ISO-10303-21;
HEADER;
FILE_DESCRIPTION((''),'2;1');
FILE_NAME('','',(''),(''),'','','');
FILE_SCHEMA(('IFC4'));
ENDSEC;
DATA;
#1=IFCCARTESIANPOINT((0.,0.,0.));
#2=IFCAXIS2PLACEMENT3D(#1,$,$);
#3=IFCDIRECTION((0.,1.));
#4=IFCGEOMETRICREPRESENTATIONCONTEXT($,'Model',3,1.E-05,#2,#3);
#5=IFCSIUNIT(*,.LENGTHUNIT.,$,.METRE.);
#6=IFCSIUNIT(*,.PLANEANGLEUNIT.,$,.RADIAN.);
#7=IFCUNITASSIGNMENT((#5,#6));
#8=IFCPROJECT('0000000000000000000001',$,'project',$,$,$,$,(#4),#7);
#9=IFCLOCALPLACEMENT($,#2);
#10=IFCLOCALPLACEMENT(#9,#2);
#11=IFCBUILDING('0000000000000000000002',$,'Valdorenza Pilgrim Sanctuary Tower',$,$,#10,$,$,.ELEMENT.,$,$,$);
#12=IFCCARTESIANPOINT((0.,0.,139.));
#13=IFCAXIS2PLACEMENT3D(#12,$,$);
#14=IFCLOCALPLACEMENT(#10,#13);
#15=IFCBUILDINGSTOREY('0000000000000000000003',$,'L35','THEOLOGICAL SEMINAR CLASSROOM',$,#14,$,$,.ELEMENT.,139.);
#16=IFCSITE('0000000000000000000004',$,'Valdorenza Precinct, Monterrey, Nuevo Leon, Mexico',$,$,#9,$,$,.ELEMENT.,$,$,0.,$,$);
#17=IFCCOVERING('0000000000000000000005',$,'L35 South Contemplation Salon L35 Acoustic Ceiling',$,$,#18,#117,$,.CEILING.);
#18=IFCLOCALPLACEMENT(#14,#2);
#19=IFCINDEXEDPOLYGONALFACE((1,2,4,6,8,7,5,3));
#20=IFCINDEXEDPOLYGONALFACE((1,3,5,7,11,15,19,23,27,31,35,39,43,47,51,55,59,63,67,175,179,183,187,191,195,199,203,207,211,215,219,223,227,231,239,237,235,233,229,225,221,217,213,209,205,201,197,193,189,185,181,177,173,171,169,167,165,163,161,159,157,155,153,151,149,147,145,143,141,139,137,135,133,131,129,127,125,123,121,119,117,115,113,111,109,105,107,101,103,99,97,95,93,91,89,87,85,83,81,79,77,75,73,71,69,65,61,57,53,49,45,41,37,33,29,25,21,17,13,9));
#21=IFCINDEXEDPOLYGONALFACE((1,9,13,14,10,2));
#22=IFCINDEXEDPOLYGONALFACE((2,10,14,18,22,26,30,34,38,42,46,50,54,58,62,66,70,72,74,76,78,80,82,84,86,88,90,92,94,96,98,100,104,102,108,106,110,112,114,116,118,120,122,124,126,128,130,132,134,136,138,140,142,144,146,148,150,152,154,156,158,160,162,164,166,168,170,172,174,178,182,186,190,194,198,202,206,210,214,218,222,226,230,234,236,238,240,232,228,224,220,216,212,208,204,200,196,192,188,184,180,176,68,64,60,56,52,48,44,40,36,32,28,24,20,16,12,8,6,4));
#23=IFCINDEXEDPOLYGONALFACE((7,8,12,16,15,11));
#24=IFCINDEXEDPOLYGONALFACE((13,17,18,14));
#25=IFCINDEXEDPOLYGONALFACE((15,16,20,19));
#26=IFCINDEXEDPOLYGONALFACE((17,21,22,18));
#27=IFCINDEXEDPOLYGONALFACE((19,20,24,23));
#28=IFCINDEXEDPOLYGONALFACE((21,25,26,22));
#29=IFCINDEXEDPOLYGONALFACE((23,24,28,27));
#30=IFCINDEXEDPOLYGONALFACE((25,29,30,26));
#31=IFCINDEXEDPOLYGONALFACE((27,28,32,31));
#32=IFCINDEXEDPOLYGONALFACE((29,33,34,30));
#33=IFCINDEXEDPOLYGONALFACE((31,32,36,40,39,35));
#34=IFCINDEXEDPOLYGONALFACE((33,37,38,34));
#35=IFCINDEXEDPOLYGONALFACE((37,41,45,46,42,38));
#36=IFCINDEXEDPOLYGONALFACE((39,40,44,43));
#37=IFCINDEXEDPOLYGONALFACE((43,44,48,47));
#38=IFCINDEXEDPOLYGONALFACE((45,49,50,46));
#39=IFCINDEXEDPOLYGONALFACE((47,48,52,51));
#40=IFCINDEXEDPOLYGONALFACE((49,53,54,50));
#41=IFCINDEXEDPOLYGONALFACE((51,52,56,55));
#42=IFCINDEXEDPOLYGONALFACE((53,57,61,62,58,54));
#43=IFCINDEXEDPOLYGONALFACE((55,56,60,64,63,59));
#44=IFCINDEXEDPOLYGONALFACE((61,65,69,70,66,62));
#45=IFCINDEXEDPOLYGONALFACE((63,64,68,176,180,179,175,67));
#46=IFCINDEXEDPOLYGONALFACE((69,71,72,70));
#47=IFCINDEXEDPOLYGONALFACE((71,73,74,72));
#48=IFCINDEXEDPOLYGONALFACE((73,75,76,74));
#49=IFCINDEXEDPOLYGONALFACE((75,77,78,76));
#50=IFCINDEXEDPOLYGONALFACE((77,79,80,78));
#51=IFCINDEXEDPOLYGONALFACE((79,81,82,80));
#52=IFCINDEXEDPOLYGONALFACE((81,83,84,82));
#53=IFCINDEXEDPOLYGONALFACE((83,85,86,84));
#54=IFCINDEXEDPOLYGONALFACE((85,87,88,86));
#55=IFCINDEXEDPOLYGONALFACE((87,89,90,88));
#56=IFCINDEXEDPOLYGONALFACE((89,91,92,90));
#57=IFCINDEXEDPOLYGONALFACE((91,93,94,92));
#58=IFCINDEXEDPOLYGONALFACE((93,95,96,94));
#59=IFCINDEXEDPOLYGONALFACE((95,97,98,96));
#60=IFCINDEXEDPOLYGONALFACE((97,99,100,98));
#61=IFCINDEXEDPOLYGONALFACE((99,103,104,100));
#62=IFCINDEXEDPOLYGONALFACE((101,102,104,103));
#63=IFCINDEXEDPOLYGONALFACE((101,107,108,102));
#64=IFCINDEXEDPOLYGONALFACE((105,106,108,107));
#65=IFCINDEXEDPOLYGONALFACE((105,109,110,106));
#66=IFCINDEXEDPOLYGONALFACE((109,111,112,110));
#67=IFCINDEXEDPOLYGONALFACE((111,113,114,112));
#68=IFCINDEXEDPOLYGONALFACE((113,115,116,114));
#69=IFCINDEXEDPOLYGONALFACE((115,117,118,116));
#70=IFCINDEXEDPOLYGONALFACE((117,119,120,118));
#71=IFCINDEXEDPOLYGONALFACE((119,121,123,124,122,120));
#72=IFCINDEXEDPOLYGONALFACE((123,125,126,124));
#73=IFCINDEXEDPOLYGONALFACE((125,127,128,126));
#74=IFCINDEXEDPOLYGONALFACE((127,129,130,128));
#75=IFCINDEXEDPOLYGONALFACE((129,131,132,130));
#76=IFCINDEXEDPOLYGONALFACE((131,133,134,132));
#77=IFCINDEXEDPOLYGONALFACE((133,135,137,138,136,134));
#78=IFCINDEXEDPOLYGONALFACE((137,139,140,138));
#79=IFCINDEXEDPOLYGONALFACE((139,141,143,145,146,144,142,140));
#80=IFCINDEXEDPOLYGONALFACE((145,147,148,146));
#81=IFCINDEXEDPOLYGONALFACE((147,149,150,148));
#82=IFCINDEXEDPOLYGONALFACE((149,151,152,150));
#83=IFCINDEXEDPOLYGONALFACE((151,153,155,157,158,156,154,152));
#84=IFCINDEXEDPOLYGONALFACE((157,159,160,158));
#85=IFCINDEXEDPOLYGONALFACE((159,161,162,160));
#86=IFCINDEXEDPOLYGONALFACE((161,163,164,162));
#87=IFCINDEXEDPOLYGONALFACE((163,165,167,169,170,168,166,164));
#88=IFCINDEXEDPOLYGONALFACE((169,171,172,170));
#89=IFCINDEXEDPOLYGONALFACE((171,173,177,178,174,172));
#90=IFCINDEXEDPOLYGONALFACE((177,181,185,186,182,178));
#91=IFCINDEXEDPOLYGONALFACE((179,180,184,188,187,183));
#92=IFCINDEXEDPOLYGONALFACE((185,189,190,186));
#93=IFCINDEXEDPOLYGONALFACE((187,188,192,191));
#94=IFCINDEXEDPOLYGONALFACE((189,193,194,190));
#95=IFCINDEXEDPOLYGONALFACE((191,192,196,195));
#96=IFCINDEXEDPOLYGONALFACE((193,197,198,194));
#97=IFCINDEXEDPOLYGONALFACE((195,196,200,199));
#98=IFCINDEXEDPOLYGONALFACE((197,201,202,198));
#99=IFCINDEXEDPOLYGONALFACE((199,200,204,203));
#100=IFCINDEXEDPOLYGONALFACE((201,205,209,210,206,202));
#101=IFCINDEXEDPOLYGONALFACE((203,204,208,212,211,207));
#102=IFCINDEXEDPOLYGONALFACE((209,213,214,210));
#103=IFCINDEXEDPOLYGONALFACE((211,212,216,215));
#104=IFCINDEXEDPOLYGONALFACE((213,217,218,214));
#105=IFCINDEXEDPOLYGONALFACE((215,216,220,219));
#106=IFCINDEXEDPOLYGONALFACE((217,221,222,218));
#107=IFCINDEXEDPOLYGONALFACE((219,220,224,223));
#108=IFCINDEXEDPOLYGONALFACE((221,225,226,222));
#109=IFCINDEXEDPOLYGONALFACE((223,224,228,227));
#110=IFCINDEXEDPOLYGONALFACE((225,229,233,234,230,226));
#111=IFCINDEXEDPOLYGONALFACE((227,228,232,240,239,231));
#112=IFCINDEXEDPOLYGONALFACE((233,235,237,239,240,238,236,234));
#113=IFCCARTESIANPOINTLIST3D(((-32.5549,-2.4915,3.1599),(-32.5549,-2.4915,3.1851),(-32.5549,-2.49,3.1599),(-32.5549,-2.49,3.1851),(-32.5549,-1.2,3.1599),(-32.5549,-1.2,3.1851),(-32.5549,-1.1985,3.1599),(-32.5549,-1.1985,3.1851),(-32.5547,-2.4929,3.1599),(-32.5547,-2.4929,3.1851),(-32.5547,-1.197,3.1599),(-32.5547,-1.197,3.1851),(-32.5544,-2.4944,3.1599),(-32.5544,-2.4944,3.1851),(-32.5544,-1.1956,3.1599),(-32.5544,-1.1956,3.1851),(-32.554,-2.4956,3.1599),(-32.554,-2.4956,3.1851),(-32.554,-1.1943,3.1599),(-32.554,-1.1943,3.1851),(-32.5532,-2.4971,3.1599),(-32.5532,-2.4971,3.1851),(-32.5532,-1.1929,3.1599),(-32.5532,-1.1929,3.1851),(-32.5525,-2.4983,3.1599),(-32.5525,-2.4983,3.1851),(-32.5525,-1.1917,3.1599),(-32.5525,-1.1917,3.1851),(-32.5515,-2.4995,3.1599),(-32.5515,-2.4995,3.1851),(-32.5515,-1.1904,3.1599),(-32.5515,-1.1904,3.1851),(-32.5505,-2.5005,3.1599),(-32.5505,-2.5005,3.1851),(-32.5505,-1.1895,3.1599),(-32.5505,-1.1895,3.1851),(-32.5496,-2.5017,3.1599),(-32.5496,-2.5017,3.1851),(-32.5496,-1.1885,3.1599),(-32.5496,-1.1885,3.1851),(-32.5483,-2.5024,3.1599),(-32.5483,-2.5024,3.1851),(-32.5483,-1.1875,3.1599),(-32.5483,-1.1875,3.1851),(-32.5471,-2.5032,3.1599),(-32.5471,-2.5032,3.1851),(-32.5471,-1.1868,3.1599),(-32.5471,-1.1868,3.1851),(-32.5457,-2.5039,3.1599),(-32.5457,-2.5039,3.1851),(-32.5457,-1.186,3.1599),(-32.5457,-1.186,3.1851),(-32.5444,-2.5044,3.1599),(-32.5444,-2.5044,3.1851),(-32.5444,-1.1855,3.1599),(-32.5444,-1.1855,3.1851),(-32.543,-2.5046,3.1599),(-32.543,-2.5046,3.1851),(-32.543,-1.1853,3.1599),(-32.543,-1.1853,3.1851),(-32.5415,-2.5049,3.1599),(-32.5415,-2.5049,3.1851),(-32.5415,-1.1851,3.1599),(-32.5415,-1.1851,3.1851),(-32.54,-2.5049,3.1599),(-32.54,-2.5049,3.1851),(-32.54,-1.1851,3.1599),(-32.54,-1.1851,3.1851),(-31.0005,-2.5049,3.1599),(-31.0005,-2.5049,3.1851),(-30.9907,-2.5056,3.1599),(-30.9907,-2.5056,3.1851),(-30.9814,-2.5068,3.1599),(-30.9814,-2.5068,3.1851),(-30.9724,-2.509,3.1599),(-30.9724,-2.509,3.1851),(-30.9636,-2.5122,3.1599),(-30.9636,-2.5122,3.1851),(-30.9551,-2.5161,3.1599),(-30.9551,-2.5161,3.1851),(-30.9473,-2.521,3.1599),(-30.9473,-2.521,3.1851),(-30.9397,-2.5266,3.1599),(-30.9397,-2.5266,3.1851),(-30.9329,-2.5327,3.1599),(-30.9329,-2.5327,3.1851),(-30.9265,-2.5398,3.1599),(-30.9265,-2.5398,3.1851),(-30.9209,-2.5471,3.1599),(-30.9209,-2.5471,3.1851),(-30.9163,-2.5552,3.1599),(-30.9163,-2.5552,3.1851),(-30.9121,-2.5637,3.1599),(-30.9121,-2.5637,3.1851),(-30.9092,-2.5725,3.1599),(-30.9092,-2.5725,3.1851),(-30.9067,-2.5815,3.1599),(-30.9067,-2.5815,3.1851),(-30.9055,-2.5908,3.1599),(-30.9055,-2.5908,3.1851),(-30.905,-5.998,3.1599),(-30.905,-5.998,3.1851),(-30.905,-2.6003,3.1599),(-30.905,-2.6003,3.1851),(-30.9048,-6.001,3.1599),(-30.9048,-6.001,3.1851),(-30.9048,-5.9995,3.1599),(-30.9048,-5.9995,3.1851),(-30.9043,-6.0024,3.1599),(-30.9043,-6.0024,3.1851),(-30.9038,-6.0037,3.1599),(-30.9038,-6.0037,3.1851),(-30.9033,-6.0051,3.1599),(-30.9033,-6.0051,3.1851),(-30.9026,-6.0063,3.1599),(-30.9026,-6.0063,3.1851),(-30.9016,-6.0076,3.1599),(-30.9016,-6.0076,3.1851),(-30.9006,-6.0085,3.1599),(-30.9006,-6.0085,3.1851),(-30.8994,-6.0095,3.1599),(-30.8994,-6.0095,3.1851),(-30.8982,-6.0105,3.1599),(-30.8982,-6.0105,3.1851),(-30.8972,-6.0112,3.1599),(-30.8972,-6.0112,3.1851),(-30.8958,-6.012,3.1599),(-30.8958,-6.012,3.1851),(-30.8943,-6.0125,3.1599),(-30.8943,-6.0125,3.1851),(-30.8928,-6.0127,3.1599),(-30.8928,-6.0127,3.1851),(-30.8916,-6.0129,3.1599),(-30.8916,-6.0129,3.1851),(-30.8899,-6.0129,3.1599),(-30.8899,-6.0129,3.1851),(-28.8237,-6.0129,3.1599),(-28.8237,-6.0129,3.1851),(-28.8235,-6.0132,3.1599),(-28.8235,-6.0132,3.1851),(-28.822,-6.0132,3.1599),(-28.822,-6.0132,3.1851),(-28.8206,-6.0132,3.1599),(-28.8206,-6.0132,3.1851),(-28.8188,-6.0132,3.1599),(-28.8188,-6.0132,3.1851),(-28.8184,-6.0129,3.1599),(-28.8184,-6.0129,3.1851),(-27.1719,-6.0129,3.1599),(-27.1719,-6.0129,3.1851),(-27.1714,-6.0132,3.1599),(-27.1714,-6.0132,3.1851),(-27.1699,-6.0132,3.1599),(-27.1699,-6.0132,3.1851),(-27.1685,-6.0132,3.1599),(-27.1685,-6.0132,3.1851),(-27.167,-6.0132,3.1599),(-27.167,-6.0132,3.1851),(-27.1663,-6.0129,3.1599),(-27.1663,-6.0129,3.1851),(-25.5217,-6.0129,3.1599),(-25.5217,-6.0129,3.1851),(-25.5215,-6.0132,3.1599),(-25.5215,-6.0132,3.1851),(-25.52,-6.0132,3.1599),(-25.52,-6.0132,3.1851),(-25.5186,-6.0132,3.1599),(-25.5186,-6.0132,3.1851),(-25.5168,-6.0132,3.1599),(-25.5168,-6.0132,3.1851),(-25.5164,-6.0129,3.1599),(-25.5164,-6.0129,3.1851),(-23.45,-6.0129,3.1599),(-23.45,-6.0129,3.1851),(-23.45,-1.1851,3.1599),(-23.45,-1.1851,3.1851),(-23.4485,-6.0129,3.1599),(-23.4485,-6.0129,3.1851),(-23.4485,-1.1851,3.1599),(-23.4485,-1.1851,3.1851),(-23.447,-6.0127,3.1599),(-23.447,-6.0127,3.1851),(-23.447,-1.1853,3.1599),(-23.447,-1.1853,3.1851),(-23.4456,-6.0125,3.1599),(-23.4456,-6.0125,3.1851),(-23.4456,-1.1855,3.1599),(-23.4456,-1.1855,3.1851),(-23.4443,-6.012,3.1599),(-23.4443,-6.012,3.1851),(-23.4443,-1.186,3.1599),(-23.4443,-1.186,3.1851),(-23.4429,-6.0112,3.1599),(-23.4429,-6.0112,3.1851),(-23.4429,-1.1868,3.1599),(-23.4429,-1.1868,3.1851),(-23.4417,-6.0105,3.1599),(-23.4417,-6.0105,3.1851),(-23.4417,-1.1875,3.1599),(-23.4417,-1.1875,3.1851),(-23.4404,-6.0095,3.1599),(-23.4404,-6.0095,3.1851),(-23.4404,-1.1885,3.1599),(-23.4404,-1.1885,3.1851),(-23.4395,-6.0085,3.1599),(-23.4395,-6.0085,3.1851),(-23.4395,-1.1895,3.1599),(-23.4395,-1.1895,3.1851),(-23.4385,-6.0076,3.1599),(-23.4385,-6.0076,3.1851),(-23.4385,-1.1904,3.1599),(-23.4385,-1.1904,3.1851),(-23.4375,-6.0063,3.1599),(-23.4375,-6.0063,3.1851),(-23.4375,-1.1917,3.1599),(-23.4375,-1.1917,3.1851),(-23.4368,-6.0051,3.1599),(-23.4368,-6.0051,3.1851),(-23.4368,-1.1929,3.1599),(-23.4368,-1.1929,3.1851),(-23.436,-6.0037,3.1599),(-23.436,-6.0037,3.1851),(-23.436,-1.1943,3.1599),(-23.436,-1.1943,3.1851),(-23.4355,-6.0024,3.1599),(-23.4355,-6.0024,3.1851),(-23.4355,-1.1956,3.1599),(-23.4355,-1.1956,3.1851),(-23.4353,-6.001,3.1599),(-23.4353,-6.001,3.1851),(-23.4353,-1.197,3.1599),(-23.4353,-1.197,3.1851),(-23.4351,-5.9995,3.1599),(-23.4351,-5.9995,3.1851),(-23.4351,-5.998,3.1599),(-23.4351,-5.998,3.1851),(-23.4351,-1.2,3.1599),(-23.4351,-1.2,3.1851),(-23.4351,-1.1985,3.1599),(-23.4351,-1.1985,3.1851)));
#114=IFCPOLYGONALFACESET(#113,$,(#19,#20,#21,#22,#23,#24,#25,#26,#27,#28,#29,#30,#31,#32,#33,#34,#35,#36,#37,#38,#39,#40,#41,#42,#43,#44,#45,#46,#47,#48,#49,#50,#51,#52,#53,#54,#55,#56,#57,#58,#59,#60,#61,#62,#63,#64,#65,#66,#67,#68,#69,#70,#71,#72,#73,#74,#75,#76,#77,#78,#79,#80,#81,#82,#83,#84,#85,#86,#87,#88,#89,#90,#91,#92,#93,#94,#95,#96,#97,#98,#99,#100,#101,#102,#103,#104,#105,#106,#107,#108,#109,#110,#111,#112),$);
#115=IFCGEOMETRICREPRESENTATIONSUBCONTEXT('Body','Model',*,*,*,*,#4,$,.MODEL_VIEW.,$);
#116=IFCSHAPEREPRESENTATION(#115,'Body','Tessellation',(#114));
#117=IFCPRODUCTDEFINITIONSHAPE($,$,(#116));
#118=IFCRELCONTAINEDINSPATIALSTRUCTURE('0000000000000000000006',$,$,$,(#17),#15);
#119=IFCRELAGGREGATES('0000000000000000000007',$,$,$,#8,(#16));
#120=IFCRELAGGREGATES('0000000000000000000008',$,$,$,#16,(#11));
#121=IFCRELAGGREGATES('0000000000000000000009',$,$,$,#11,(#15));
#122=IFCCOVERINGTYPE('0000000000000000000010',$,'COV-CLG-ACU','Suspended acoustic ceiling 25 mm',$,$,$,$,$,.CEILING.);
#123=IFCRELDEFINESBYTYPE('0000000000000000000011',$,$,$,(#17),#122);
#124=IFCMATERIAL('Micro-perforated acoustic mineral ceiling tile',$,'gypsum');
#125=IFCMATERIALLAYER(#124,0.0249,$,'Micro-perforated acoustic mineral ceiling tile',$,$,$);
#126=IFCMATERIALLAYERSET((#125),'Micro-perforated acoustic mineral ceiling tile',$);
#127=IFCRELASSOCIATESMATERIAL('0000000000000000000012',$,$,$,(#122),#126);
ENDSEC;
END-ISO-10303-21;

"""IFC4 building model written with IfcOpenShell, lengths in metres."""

from ifc_helpers import new_model, si_unit, direction, frame, origin, place, context, subcontext, project, spatial, polyline, outline, extrude, material, layer, layer_set, type_object, element, save


model = new_model("IFC4")

# Units and contexts
model_context = context("Model", 3, precision=1e-05, world=origin(), true_north=direction((0.0, 1.0)))
body_context = subcontext(model_context, "Body", "Model", "MODEL_VIEW")
ifc_project = project(units=[si_unit("LENGTHUNIT", "METRE"), si_unit("PLANEANGLEUNIT", "RADIAN")], contexts=[model_context])

# Site, building, storey
site_placement = place(None, origin())
site = spatial("IfcSite", under=ifc_project, at=site_placement, Name="Valdorenza Precinct, Monterrey, Nuevo Leon, Mexico", CompositionType="ELEMENT", RefElevation=0.0)
building_placement = place(site_placement, origin())
building = spatial("IfcBuilding", under=site, at=building_placement, Name="Valdorenza Pilgrim Sanctuary Tower", CompositionType="ELEMENT")
storey_placement = place(building_placement, frame((0.0, 0.0, 139.0)))
storey = spatial("IfcBuildingStorey", under=building, at=storey_placement, Name="L35", Description="THEOLOGICAL SEMINAR CLASSROOM", CompositionType="ELEMENT", Elevation=139.0)

# Covering
ifc_material_1 = material(Name="Micro-perforated acoustic mineral ceiling tile", Category="gypsum")
ifc_layer_1 = layer(ifc_material_1, 0.0249, Name="Micro-perforated acoustic mineral ceiling tile")
ifc_layer_set_1 = layer_set([ifc_layer_1], Name="Micro-perforated acoustic mineral ceiling tile")
covering_type_1 = type_object("IfcCoveringType", Name="COV-CLG-ACU", Description="Suspended acoustic ceiling 25 mm", PredefinedType="CEILING", material=ifc_layer_set_1)
covering_1_placement = place(storey_placement, frame((0.0, 0.0, 3.1599)))
element("IfcCovering", 1, at=covering_1_placement, inside=storey, type_object=covering_type_1, Name="L35 South Contemplation Salon L35 Acoustic Ceiling", PredefinedType="CEILING", context=body_context, shape_type="SweptSolid", body=[
    extrude(outline(polyline([(-28.8237, -6.0129), (-30.8899, -6.0129), (-30.8916, -6.0129), (-30.8928, -6.0127), (-30.8943, -6.0125), (-30.8958, -6.012), (-30.8972, -6.0112), (-30.8982, -6.0105), (-30.8994, -6.0095), (-30.9006, -6.0085), (-30.9016, -6.0076), (-30.9026, -6.0063), (-30.9033, -6.0051), (-30.9038, -6.0037), (-30.9043, -6.0024), (-30.9048, -6.001), (-30.9048, -5.9995), (-30.905, -5.998), (-30.905, -2.6003), (-30.9055, -2.5908), (-30.9067, -2.5815), (-30.9092, -2.5725), (-30.9121, -2.5637), (-30.9163, -2.5552), (-30.9209, -2.5471), (-30.9265, -2.5398), (-30.9329, -2.5327), (-30.9397, -2.5266), (-30.9473, -2.521), (-30.9551, -2.5161), (-30.9636, -2.5122), (-30.9724, -2.509), (-30.9814, -2.5068), (-30.9907, -2.5056), (-31.0005, -2.5049), (-32.54, -2.5049), (-32.5415, -2.5049), (-32.543, -2.5046), (-32.5444, -2.5044), (-32.5457, -2.5039), (-32.5471, -2.5032), (-32.5483, -2.5024), (-32.5496, -2.5017), (-32.5505, -2.5005), (-32.5515, -2.4995), (-32.5525, -2.4983), (-32.5532, -2.4971), (-32.554, -2.4956), (-32.5544, -2.4944), (-32.5547, -2.4929), (-32.5549, -2.4915), (-32.5549, -2.49), (-32.5549, -1.2), (-32.5549, -1.1985), (-32.5547, -1.197), (-32.5544, -1.1956), (-32.554, -1.1943), (-32.5532, -1.1929), (-32.5525, -1.1917), (-32.5515, -1.1904), (-32.5505, -1.1895), (-32.5496, -1.1885), (-32.5483, -1.1875), (-32.5471, -1.1868), (-32.5457, -1.186), (-32.5444, -1.1855), (-32.543, -1.1853), (-32.5415, -1.1851), (-32.54, -1.1851), (-23.45, -1.1851), (-23.4485, -1.1851), (-23.447, -1.1853), (-23.4456, -1.1855), (-23.4443, -1.186), (-23.4429, -1.1868), (-23.4417, -1.1875), (-23.4404, -1.1885), (-23.4395, -1.1895), (-23.4385, -1.1904), (-23.4375, -1.1917), (-23.4368, -1.1929), (-23.436, -1.1943), (-23.4355, -1.1956), (-23.4353, -1.197), (-23.4351, -1.1985), (-23.4351, -1.2), (-23.4351, -5.998), (-23.4351, -5.9995), (-23.4353, -6.001), (-23.4355, -6.0024), (-23.436, -6.0037), (-23.4368, -6.0051), (-23.4375, -6.0063), (-23.4385, -6.0076), (-23.4395, -6.0085), (-23.4404, -6.0095), (-23.4417, -6.0105), (-23.4429, -6.0112), (-23.4443, -6.012), (-23.4456, -6.0125), (-23.447, -6.0127), (-23.4485, -6.0129), (-23.45, -6.0129), (-25.5164, -6.0129), (-25.5168, -6.0132), (-25.5186, -6.0132), (-25.52, -6.0132), (-25.5215, -6.0132), (-25.5217, -6.0129), (-27.1663, -6.0129), (-27.167, -6.0132), (-27.1685, -6.0132), (-27.1699, -6.0132), (-27.1714, -6.0132), (-27.1719, -6.0129), (-28.8184, -6.0129), (-28.8188, -6.0132), (-28.8206, -6.0132), (-28.822, -6.0132), (-28.8235, -6.0132), (-28.8237, -6.0129)])), origin(), (0.0, 0.0, 1.0), 0.0251),
])

save(model, "model.ifc")
